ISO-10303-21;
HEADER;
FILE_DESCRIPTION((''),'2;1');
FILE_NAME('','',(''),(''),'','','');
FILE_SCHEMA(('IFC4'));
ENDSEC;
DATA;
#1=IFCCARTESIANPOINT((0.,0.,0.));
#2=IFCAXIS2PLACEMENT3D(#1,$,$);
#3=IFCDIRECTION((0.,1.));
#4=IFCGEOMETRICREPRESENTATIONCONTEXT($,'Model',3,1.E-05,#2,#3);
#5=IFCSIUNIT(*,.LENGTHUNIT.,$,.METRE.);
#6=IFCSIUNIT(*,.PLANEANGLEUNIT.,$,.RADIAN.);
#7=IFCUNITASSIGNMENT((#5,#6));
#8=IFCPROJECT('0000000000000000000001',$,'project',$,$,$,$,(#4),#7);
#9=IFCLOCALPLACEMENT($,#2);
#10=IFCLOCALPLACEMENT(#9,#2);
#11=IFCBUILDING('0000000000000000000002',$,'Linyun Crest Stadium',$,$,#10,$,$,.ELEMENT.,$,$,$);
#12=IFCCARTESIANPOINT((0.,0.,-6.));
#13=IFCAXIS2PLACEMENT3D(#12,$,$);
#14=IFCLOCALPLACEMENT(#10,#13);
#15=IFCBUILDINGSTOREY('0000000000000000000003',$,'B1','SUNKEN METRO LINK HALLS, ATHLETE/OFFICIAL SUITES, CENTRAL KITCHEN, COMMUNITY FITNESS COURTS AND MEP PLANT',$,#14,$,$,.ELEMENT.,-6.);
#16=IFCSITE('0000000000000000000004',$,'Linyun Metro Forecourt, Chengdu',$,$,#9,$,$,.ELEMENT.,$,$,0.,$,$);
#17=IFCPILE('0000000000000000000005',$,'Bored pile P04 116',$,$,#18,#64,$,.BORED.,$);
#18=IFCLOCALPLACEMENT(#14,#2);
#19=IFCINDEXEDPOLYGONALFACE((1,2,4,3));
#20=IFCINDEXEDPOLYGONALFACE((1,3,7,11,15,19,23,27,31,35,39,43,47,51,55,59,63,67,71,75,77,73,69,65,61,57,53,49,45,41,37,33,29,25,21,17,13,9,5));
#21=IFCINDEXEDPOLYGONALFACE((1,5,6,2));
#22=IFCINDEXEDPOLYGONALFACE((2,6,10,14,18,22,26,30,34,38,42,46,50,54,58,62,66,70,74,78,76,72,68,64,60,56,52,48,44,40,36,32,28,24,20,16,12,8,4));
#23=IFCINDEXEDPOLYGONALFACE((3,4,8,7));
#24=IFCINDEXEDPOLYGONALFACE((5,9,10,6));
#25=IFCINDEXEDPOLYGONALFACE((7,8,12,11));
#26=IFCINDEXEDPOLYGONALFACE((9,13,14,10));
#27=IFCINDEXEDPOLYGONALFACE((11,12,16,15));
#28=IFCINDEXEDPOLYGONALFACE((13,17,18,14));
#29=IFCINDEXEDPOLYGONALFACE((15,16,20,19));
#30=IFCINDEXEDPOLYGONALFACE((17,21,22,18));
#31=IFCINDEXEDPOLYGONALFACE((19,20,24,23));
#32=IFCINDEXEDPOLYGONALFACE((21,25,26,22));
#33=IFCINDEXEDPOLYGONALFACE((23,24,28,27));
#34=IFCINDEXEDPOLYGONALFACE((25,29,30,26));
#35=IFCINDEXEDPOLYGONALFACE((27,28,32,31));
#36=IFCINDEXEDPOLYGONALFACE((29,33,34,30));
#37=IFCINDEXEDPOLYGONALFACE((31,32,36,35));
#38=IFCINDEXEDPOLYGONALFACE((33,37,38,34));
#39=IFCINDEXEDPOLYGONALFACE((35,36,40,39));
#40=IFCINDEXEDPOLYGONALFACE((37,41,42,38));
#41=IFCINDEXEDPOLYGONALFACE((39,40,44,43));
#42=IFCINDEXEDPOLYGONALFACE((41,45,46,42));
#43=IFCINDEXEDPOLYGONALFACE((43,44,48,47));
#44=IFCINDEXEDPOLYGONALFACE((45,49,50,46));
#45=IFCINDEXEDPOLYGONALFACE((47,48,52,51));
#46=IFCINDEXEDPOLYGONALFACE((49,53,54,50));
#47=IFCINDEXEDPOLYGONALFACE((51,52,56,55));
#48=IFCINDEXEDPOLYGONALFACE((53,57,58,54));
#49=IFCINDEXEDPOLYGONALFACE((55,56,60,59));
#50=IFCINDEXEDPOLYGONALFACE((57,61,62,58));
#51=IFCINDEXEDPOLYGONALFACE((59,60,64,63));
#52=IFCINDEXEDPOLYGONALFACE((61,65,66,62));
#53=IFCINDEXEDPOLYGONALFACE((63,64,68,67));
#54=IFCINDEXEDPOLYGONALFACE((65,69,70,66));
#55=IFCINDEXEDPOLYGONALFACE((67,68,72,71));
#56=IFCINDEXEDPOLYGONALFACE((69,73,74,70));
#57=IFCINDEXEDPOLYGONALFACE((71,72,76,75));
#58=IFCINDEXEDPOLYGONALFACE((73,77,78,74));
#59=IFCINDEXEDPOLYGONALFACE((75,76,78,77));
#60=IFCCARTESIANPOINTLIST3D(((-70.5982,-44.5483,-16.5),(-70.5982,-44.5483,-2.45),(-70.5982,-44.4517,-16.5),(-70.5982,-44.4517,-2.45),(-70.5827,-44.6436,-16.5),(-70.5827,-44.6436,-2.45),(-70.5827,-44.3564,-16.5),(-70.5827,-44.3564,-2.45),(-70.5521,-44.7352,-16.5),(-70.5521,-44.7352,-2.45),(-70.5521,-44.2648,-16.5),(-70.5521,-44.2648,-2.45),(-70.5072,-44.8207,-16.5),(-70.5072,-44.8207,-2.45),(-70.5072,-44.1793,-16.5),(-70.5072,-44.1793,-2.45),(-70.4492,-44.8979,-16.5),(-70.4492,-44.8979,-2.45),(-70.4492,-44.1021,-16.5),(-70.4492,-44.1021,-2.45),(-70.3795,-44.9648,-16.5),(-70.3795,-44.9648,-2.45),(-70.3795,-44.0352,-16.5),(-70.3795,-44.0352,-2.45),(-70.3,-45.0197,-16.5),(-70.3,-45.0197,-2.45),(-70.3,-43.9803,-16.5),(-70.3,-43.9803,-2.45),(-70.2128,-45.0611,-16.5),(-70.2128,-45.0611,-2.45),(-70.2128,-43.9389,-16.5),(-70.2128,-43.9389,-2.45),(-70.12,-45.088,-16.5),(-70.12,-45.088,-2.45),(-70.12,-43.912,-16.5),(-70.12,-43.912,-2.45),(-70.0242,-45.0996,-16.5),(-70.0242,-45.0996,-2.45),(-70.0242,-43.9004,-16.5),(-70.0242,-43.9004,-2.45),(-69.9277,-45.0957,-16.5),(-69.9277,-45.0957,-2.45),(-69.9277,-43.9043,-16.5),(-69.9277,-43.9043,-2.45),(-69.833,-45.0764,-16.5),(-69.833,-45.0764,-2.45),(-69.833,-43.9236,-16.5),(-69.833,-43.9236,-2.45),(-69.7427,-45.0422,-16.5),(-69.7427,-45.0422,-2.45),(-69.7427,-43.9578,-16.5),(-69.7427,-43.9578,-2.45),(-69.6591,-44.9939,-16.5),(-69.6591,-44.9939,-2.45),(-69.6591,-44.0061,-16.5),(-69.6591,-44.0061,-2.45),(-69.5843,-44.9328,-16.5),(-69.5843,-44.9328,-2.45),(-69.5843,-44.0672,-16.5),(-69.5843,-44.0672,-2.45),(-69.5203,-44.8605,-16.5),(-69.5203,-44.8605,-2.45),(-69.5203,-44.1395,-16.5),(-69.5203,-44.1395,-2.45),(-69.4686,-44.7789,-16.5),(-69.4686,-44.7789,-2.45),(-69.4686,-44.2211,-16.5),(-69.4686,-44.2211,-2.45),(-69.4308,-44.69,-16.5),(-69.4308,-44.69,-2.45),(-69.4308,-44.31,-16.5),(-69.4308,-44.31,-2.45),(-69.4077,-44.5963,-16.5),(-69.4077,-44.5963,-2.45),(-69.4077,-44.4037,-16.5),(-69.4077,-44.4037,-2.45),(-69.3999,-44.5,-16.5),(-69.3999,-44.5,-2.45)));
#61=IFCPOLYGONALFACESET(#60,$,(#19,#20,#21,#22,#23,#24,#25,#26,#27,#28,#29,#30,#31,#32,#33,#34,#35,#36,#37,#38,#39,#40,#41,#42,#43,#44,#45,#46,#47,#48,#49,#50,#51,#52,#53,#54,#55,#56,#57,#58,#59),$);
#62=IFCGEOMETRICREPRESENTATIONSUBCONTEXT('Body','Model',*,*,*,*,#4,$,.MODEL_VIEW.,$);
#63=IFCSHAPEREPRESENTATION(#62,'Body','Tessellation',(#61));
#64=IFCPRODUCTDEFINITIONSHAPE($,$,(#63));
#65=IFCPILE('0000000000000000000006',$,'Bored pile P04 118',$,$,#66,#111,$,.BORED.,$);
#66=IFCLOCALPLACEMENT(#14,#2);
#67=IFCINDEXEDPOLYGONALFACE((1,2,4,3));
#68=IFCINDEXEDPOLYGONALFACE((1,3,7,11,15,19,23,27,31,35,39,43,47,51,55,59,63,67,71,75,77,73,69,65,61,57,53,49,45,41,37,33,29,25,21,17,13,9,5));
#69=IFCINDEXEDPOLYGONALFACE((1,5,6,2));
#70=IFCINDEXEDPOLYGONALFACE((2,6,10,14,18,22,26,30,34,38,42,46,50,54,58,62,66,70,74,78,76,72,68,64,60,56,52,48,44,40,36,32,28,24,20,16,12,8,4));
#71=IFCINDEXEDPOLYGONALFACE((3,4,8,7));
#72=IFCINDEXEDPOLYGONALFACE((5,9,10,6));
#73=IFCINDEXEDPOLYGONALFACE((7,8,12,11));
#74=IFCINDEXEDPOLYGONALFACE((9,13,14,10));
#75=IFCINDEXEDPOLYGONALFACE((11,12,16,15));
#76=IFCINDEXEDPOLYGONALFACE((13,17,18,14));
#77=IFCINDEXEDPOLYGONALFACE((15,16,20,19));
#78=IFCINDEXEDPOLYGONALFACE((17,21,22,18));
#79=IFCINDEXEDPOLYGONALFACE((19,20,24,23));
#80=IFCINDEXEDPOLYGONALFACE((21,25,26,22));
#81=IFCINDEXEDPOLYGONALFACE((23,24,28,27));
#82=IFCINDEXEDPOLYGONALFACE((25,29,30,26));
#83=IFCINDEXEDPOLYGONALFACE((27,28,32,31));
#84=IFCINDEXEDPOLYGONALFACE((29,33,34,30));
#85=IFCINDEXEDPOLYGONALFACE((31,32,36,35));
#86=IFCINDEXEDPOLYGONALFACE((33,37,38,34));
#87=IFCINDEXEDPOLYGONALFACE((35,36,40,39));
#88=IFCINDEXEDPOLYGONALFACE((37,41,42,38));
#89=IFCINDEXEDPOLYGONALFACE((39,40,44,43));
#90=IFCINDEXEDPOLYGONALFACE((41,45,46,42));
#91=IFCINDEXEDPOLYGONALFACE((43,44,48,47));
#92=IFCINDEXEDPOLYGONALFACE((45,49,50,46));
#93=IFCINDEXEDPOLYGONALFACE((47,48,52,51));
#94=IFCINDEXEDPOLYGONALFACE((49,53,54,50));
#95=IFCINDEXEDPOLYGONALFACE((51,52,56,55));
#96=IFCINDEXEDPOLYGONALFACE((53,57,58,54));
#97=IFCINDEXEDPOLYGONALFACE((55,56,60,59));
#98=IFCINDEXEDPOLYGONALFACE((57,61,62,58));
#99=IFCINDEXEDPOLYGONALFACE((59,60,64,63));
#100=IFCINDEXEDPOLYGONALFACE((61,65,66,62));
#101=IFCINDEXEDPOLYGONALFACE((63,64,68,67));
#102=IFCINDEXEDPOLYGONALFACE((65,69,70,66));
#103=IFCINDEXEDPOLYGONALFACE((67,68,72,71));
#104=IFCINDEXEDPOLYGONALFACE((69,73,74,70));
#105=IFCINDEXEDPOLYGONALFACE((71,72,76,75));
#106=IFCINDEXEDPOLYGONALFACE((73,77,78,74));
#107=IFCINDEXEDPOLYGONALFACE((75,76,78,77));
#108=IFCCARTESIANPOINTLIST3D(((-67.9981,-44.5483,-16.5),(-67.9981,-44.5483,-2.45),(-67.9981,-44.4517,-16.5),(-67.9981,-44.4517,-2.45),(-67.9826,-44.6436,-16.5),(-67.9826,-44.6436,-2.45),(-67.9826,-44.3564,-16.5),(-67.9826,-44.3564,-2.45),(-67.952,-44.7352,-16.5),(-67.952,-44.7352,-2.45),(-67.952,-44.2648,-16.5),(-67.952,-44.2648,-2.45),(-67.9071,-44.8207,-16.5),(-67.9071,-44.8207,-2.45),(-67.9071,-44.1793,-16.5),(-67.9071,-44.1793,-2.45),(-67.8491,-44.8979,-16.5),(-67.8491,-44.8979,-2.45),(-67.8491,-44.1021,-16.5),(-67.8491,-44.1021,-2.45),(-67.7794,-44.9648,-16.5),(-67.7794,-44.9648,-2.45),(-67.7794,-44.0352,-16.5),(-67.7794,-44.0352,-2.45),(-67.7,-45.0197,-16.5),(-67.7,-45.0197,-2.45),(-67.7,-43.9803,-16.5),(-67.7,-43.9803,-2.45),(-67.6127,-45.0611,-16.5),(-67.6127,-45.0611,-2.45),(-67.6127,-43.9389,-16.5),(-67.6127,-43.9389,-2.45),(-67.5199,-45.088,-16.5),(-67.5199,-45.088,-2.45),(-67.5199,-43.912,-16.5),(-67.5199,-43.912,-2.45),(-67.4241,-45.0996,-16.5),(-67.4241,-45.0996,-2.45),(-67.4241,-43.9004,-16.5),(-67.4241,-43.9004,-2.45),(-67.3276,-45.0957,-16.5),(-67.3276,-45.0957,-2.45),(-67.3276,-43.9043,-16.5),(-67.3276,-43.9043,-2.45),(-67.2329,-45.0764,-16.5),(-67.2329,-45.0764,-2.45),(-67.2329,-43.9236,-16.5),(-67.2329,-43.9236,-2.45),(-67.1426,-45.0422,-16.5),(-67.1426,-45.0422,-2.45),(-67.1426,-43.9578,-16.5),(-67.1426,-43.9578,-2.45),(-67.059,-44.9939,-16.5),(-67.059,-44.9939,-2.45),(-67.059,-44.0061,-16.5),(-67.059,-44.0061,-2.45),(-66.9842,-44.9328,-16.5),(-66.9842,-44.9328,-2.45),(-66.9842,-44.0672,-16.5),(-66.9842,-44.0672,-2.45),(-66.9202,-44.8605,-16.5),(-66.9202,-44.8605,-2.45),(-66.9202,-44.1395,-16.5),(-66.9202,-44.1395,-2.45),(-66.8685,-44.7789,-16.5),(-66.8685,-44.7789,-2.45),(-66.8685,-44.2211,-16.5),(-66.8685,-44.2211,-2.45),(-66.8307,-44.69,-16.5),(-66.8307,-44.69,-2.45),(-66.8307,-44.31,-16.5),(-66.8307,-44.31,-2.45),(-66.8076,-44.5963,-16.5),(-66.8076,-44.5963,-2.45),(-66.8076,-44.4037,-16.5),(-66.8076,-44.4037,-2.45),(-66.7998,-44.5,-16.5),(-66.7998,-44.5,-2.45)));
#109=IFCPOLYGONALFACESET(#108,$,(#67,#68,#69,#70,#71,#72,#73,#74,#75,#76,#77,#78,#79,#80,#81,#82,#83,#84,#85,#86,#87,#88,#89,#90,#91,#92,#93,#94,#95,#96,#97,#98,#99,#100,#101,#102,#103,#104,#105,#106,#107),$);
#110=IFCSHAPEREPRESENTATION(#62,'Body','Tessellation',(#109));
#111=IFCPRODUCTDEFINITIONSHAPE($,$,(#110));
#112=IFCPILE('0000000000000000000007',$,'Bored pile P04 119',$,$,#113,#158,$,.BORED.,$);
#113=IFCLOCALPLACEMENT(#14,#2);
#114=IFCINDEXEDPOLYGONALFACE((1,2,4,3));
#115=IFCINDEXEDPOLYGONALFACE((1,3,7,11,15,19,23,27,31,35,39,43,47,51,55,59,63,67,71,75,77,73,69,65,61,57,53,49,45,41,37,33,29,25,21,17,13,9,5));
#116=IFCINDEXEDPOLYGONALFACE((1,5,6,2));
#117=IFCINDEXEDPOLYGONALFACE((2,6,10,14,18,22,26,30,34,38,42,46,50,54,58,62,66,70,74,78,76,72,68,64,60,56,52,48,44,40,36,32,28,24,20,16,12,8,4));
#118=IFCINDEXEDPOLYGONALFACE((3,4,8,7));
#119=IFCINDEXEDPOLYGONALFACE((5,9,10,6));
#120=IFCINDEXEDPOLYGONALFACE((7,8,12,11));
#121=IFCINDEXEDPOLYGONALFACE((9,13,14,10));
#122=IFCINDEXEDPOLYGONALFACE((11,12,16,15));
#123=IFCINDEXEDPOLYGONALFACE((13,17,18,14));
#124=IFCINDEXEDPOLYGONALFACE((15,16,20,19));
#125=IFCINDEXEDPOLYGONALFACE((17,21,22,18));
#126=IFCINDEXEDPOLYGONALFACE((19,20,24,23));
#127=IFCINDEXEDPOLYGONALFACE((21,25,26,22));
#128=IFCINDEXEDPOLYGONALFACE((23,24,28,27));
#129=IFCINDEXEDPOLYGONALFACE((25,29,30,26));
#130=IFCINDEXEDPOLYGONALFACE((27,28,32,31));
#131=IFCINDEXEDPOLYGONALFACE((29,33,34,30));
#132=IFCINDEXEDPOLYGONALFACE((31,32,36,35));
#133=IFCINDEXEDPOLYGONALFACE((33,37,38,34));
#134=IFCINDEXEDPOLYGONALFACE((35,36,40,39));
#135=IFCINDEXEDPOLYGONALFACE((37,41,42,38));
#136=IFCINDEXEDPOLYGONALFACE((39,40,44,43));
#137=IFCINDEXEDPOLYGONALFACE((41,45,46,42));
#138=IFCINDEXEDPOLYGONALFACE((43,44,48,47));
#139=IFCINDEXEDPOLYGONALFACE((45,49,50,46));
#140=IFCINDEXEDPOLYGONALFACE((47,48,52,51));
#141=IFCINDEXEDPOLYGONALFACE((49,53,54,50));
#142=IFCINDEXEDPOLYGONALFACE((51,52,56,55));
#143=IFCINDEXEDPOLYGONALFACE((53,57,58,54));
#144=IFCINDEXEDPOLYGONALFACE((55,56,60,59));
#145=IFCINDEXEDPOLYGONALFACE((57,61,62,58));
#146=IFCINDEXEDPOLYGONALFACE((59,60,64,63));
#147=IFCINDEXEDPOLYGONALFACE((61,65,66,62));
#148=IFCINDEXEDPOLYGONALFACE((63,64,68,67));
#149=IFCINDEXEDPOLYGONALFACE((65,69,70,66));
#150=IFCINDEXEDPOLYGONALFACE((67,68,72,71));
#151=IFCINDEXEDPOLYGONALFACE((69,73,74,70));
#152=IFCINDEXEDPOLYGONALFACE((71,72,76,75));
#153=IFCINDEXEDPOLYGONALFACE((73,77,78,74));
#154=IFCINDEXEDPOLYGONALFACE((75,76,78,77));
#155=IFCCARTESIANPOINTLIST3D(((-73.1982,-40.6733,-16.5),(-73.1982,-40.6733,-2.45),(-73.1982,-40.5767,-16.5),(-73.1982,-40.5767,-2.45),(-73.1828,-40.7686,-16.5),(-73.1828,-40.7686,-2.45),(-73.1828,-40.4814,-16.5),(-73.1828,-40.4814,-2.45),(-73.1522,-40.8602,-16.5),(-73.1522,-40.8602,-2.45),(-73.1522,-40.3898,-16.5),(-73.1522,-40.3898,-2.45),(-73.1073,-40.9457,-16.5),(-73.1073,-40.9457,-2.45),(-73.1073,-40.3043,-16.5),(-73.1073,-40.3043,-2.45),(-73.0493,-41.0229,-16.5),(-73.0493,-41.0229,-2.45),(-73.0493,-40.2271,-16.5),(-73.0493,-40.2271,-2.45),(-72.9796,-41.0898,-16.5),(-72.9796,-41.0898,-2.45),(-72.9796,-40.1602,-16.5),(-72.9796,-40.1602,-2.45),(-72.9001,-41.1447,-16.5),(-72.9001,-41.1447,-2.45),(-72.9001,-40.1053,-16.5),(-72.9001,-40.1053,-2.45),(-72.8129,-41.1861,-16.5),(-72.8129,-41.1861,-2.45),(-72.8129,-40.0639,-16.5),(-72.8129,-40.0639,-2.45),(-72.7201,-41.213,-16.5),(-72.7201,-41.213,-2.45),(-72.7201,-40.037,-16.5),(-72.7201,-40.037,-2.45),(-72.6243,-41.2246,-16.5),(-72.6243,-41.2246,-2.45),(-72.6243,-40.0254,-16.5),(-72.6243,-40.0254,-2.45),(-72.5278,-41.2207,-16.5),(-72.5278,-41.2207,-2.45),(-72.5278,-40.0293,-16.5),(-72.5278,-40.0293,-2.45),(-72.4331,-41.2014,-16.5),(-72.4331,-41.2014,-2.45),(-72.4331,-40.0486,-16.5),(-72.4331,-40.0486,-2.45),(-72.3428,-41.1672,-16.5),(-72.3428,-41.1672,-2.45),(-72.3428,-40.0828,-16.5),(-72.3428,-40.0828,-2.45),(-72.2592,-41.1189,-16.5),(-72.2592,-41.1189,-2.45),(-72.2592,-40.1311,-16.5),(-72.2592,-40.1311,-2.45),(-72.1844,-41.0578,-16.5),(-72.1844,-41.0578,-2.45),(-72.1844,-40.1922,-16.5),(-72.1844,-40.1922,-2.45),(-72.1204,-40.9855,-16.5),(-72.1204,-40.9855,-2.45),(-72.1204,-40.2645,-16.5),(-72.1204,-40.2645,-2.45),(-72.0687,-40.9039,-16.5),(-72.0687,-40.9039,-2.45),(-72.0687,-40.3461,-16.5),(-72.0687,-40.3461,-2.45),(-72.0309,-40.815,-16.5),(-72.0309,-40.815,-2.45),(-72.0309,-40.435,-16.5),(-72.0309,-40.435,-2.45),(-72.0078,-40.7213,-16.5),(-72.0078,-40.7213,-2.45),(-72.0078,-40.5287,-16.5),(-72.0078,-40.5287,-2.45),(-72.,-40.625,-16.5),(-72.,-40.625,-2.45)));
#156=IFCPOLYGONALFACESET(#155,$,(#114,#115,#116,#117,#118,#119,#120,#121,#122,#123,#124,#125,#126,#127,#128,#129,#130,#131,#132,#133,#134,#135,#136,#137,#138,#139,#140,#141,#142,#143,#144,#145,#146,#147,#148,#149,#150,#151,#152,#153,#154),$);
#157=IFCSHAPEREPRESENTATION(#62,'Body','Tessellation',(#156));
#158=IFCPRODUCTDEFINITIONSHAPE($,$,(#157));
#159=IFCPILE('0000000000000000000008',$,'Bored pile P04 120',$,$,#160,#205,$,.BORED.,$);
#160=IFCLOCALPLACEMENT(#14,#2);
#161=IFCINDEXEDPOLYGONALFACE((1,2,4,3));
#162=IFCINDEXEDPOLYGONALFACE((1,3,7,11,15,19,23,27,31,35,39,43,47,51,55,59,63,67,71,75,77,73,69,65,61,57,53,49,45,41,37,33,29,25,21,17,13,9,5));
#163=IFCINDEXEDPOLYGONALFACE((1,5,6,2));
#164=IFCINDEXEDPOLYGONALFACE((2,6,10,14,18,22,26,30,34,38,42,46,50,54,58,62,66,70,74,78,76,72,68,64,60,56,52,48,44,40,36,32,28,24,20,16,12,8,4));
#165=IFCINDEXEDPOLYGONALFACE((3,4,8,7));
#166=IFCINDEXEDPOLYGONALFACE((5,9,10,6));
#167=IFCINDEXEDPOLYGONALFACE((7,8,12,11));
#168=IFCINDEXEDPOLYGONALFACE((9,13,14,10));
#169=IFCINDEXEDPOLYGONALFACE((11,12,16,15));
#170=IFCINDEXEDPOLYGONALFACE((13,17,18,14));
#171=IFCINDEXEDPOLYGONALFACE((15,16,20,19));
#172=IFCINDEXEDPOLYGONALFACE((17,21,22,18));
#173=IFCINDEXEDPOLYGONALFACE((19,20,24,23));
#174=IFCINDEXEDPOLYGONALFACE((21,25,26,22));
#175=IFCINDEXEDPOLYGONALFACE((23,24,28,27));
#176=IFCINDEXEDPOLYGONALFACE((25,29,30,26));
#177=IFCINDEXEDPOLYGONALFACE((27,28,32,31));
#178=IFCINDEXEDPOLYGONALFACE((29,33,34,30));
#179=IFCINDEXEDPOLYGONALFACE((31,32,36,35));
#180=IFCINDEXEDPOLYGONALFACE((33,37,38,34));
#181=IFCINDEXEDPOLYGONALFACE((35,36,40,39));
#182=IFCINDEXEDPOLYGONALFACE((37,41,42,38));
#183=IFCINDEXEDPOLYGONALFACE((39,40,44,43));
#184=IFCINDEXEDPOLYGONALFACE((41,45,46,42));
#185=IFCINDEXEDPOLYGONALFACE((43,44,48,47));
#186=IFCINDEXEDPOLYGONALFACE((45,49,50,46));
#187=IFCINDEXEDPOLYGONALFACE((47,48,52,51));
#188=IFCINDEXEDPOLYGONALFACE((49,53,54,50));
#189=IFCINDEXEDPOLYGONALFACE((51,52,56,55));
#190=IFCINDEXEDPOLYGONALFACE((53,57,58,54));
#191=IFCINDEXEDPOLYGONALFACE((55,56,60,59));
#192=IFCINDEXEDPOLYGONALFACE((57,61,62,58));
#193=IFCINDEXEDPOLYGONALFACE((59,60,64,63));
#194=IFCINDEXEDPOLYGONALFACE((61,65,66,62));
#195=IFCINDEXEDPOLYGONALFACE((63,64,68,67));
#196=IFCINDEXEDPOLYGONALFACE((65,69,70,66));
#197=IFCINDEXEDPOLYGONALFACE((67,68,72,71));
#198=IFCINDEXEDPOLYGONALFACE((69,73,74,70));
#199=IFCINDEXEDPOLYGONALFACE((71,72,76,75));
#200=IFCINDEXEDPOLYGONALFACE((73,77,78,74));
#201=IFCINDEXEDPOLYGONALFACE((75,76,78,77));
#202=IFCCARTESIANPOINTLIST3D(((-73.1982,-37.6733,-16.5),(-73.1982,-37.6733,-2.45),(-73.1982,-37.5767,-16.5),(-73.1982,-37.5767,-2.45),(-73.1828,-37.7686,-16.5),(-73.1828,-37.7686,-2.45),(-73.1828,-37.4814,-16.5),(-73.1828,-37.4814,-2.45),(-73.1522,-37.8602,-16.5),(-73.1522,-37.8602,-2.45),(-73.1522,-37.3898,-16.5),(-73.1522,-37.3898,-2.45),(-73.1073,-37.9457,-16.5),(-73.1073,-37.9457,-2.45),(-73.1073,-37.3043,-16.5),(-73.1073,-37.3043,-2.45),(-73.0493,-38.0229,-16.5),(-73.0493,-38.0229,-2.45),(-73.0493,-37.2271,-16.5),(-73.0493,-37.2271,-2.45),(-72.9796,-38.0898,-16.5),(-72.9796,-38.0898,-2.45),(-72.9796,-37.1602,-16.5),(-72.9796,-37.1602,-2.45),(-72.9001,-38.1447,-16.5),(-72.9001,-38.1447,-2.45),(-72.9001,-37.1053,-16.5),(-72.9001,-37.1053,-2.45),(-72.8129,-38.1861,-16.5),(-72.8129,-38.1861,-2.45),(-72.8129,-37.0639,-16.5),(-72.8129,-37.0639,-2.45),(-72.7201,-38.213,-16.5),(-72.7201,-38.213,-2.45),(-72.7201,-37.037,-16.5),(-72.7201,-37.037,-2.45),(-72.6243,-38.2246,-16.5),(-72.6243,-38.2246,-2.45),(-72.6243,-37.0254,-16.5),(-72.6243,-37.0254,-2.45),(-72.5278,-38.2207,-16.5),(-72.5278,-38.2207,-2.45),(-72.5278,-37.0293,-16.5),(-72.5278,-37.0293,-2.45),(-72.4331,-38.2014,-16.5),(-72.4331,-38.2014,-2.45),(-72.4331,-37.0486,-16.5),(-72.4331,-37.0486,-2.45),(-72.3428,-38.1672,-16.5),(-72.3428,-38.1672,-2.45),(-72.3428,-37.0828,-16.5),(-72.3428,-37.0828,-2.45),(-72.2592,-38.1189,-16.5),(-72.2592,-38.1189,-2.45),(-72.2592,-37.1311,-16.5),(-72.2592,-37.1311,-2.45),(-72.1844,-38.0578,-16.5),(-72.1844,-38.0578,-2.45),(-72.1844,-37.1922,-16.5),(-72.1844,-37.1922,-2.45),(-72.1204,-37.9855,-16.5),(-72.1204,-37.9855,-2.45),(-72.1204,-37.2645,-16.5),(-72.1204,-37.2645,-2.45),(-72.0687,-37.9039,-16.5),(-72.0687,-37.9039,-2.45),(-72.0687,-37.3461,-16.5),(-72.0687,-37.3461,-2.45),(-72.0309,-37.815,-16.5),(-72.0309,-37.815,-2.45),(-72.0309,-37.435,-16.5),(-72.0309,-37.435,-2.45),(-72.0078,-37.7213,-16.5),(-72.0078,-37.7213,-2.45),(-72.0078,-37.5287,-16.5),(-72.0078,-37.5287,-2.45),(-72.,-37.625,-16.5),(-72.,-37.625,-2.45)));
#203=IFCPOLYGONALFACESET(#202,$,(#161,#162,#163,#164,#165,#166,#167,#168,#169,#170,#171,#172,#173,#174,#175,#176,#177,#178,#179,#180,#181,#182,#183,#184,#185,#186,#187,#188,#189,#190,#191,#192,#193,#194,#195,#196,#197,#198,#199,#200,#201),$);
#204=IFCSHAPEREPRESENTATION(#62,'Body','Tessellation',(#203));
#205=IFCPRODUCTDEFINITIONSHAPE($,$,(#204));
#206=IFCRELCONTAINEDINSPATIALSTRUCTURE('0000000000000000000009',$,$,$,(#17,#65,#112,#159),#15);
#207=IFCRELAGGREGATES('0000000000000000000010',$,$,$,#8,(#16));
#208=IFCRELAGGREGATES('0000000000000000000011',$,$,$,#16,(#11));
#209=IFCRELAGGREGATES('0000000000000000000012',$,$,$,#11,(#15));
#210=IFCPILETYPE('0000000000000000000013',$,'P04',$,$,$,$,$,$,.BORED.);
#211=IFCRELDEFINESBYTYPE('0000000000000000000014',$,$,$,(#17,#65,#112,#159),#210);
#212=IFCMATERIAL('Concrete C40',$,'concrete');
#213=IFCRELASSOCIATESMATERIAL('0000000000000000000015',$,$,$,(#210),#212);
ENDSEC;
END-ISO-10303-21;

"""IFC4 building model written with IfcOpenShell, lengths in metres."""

from ifc_helpers import new_model, si_unit, direction, frame, origin, origin_2d, place, context, subcontext, project, spatial, circle, extrude, material, material_profile, profile_set, type_object, element, save


model = new_model("IFC4")

# Units and contexts
model_context = context("Model", 3, precision=1e-05, world=origin(), true_north=direction((0.0, 1.0)))
body_context = subcontext(model_context, "Body", "Model", "MODEL_VIEW")
ifc_project = project(units=[si_unit("LENGTHUNIT", "METRE"), si_unit("PLANEANGLEUNIT", "RADIAN")], contexts=[model_context])

# Site, building, storey
site_placement = place(None, origin())
site = spatial("IfcSite", under=ifc_project, at=site_placement, Name="Linyun Metro Forecourt, Chengdu", CompositionType="ELEMENT", RefElevation=0.0)
building_placement = place(site_placement, origin())
building = spatial("IfcBuilding", under=site, at=building_placement, Name="Linyun Crest Stadium", CompositionType="ELEMENT")
storey_placement = place(building_placement, frame((0.0, 0.0, -6.0)))
storey = spatial("IfcBuildingStorey", under=building, at=storey_placement, Name="B1", Description="SUNKEN METRO LINK HALLS, ATHLETE/OFFICIAL SUITES, CENTRAL KITCHEN, COMMUNITY FITNESS COURTS AND MEP PLANT", CompositionType="ELEMENT", Elevation=-6.0)

# Piles
ifc_material_1 = material(Name="Concrete C40", Category="concrete")
ifc_material_profile_1 = material_profile(ifc_material_1, circle(Radius=0.6001, at=origin_2d()), Name="BORED PILE 1200")
ifc_profile_set_1 = profile_set([ifc_material_profile_1], Name="Concrete C40")
pile_type = type_object("IfcPileType", Name="P04", PredefinedType="BORED", material=ifc_profile_set_1)
for number, where, z_axis, x_axis, name in (
    (1, (-70.0, -44.5, -2.45), (0.0, 0.0, -1.0), (1.0, 0.0, 0.0), "Bored pile P04 116"),
    (2, (-67.3999, -44.5, -2.45), (0.0, 0.0, -1.0), (1.0, 0.0, 0.0), "Bored pile P04 118"),
    (3, (-72.6001, -40.625, -2.45), (0.0, 0.0, -1.0), (1.0, 0.0, 0.0), "Bored pile P04 119"),
    (4, (-72.6001, -37.625, -2.45), (0.0, 0.0, -1.0), (1.0, 0.0, 0.0), "Bored pile P04 120"),
):
    element("IfcPile", number, at=place(storey_placement, frame(where, z_axis=z_axis, x_axis=x_axis)), inside=storey, type_object=pile_type, Name=name, PredefinedType="BORED", context=body_context, shape_type="SweptSolid", body=[
        extrude(circle(Radius=0.6001, at=origin_2d()), origin(), (0.0, 0.0, 1.0), 14.05),
    ])

save(model, "model.ifc")
